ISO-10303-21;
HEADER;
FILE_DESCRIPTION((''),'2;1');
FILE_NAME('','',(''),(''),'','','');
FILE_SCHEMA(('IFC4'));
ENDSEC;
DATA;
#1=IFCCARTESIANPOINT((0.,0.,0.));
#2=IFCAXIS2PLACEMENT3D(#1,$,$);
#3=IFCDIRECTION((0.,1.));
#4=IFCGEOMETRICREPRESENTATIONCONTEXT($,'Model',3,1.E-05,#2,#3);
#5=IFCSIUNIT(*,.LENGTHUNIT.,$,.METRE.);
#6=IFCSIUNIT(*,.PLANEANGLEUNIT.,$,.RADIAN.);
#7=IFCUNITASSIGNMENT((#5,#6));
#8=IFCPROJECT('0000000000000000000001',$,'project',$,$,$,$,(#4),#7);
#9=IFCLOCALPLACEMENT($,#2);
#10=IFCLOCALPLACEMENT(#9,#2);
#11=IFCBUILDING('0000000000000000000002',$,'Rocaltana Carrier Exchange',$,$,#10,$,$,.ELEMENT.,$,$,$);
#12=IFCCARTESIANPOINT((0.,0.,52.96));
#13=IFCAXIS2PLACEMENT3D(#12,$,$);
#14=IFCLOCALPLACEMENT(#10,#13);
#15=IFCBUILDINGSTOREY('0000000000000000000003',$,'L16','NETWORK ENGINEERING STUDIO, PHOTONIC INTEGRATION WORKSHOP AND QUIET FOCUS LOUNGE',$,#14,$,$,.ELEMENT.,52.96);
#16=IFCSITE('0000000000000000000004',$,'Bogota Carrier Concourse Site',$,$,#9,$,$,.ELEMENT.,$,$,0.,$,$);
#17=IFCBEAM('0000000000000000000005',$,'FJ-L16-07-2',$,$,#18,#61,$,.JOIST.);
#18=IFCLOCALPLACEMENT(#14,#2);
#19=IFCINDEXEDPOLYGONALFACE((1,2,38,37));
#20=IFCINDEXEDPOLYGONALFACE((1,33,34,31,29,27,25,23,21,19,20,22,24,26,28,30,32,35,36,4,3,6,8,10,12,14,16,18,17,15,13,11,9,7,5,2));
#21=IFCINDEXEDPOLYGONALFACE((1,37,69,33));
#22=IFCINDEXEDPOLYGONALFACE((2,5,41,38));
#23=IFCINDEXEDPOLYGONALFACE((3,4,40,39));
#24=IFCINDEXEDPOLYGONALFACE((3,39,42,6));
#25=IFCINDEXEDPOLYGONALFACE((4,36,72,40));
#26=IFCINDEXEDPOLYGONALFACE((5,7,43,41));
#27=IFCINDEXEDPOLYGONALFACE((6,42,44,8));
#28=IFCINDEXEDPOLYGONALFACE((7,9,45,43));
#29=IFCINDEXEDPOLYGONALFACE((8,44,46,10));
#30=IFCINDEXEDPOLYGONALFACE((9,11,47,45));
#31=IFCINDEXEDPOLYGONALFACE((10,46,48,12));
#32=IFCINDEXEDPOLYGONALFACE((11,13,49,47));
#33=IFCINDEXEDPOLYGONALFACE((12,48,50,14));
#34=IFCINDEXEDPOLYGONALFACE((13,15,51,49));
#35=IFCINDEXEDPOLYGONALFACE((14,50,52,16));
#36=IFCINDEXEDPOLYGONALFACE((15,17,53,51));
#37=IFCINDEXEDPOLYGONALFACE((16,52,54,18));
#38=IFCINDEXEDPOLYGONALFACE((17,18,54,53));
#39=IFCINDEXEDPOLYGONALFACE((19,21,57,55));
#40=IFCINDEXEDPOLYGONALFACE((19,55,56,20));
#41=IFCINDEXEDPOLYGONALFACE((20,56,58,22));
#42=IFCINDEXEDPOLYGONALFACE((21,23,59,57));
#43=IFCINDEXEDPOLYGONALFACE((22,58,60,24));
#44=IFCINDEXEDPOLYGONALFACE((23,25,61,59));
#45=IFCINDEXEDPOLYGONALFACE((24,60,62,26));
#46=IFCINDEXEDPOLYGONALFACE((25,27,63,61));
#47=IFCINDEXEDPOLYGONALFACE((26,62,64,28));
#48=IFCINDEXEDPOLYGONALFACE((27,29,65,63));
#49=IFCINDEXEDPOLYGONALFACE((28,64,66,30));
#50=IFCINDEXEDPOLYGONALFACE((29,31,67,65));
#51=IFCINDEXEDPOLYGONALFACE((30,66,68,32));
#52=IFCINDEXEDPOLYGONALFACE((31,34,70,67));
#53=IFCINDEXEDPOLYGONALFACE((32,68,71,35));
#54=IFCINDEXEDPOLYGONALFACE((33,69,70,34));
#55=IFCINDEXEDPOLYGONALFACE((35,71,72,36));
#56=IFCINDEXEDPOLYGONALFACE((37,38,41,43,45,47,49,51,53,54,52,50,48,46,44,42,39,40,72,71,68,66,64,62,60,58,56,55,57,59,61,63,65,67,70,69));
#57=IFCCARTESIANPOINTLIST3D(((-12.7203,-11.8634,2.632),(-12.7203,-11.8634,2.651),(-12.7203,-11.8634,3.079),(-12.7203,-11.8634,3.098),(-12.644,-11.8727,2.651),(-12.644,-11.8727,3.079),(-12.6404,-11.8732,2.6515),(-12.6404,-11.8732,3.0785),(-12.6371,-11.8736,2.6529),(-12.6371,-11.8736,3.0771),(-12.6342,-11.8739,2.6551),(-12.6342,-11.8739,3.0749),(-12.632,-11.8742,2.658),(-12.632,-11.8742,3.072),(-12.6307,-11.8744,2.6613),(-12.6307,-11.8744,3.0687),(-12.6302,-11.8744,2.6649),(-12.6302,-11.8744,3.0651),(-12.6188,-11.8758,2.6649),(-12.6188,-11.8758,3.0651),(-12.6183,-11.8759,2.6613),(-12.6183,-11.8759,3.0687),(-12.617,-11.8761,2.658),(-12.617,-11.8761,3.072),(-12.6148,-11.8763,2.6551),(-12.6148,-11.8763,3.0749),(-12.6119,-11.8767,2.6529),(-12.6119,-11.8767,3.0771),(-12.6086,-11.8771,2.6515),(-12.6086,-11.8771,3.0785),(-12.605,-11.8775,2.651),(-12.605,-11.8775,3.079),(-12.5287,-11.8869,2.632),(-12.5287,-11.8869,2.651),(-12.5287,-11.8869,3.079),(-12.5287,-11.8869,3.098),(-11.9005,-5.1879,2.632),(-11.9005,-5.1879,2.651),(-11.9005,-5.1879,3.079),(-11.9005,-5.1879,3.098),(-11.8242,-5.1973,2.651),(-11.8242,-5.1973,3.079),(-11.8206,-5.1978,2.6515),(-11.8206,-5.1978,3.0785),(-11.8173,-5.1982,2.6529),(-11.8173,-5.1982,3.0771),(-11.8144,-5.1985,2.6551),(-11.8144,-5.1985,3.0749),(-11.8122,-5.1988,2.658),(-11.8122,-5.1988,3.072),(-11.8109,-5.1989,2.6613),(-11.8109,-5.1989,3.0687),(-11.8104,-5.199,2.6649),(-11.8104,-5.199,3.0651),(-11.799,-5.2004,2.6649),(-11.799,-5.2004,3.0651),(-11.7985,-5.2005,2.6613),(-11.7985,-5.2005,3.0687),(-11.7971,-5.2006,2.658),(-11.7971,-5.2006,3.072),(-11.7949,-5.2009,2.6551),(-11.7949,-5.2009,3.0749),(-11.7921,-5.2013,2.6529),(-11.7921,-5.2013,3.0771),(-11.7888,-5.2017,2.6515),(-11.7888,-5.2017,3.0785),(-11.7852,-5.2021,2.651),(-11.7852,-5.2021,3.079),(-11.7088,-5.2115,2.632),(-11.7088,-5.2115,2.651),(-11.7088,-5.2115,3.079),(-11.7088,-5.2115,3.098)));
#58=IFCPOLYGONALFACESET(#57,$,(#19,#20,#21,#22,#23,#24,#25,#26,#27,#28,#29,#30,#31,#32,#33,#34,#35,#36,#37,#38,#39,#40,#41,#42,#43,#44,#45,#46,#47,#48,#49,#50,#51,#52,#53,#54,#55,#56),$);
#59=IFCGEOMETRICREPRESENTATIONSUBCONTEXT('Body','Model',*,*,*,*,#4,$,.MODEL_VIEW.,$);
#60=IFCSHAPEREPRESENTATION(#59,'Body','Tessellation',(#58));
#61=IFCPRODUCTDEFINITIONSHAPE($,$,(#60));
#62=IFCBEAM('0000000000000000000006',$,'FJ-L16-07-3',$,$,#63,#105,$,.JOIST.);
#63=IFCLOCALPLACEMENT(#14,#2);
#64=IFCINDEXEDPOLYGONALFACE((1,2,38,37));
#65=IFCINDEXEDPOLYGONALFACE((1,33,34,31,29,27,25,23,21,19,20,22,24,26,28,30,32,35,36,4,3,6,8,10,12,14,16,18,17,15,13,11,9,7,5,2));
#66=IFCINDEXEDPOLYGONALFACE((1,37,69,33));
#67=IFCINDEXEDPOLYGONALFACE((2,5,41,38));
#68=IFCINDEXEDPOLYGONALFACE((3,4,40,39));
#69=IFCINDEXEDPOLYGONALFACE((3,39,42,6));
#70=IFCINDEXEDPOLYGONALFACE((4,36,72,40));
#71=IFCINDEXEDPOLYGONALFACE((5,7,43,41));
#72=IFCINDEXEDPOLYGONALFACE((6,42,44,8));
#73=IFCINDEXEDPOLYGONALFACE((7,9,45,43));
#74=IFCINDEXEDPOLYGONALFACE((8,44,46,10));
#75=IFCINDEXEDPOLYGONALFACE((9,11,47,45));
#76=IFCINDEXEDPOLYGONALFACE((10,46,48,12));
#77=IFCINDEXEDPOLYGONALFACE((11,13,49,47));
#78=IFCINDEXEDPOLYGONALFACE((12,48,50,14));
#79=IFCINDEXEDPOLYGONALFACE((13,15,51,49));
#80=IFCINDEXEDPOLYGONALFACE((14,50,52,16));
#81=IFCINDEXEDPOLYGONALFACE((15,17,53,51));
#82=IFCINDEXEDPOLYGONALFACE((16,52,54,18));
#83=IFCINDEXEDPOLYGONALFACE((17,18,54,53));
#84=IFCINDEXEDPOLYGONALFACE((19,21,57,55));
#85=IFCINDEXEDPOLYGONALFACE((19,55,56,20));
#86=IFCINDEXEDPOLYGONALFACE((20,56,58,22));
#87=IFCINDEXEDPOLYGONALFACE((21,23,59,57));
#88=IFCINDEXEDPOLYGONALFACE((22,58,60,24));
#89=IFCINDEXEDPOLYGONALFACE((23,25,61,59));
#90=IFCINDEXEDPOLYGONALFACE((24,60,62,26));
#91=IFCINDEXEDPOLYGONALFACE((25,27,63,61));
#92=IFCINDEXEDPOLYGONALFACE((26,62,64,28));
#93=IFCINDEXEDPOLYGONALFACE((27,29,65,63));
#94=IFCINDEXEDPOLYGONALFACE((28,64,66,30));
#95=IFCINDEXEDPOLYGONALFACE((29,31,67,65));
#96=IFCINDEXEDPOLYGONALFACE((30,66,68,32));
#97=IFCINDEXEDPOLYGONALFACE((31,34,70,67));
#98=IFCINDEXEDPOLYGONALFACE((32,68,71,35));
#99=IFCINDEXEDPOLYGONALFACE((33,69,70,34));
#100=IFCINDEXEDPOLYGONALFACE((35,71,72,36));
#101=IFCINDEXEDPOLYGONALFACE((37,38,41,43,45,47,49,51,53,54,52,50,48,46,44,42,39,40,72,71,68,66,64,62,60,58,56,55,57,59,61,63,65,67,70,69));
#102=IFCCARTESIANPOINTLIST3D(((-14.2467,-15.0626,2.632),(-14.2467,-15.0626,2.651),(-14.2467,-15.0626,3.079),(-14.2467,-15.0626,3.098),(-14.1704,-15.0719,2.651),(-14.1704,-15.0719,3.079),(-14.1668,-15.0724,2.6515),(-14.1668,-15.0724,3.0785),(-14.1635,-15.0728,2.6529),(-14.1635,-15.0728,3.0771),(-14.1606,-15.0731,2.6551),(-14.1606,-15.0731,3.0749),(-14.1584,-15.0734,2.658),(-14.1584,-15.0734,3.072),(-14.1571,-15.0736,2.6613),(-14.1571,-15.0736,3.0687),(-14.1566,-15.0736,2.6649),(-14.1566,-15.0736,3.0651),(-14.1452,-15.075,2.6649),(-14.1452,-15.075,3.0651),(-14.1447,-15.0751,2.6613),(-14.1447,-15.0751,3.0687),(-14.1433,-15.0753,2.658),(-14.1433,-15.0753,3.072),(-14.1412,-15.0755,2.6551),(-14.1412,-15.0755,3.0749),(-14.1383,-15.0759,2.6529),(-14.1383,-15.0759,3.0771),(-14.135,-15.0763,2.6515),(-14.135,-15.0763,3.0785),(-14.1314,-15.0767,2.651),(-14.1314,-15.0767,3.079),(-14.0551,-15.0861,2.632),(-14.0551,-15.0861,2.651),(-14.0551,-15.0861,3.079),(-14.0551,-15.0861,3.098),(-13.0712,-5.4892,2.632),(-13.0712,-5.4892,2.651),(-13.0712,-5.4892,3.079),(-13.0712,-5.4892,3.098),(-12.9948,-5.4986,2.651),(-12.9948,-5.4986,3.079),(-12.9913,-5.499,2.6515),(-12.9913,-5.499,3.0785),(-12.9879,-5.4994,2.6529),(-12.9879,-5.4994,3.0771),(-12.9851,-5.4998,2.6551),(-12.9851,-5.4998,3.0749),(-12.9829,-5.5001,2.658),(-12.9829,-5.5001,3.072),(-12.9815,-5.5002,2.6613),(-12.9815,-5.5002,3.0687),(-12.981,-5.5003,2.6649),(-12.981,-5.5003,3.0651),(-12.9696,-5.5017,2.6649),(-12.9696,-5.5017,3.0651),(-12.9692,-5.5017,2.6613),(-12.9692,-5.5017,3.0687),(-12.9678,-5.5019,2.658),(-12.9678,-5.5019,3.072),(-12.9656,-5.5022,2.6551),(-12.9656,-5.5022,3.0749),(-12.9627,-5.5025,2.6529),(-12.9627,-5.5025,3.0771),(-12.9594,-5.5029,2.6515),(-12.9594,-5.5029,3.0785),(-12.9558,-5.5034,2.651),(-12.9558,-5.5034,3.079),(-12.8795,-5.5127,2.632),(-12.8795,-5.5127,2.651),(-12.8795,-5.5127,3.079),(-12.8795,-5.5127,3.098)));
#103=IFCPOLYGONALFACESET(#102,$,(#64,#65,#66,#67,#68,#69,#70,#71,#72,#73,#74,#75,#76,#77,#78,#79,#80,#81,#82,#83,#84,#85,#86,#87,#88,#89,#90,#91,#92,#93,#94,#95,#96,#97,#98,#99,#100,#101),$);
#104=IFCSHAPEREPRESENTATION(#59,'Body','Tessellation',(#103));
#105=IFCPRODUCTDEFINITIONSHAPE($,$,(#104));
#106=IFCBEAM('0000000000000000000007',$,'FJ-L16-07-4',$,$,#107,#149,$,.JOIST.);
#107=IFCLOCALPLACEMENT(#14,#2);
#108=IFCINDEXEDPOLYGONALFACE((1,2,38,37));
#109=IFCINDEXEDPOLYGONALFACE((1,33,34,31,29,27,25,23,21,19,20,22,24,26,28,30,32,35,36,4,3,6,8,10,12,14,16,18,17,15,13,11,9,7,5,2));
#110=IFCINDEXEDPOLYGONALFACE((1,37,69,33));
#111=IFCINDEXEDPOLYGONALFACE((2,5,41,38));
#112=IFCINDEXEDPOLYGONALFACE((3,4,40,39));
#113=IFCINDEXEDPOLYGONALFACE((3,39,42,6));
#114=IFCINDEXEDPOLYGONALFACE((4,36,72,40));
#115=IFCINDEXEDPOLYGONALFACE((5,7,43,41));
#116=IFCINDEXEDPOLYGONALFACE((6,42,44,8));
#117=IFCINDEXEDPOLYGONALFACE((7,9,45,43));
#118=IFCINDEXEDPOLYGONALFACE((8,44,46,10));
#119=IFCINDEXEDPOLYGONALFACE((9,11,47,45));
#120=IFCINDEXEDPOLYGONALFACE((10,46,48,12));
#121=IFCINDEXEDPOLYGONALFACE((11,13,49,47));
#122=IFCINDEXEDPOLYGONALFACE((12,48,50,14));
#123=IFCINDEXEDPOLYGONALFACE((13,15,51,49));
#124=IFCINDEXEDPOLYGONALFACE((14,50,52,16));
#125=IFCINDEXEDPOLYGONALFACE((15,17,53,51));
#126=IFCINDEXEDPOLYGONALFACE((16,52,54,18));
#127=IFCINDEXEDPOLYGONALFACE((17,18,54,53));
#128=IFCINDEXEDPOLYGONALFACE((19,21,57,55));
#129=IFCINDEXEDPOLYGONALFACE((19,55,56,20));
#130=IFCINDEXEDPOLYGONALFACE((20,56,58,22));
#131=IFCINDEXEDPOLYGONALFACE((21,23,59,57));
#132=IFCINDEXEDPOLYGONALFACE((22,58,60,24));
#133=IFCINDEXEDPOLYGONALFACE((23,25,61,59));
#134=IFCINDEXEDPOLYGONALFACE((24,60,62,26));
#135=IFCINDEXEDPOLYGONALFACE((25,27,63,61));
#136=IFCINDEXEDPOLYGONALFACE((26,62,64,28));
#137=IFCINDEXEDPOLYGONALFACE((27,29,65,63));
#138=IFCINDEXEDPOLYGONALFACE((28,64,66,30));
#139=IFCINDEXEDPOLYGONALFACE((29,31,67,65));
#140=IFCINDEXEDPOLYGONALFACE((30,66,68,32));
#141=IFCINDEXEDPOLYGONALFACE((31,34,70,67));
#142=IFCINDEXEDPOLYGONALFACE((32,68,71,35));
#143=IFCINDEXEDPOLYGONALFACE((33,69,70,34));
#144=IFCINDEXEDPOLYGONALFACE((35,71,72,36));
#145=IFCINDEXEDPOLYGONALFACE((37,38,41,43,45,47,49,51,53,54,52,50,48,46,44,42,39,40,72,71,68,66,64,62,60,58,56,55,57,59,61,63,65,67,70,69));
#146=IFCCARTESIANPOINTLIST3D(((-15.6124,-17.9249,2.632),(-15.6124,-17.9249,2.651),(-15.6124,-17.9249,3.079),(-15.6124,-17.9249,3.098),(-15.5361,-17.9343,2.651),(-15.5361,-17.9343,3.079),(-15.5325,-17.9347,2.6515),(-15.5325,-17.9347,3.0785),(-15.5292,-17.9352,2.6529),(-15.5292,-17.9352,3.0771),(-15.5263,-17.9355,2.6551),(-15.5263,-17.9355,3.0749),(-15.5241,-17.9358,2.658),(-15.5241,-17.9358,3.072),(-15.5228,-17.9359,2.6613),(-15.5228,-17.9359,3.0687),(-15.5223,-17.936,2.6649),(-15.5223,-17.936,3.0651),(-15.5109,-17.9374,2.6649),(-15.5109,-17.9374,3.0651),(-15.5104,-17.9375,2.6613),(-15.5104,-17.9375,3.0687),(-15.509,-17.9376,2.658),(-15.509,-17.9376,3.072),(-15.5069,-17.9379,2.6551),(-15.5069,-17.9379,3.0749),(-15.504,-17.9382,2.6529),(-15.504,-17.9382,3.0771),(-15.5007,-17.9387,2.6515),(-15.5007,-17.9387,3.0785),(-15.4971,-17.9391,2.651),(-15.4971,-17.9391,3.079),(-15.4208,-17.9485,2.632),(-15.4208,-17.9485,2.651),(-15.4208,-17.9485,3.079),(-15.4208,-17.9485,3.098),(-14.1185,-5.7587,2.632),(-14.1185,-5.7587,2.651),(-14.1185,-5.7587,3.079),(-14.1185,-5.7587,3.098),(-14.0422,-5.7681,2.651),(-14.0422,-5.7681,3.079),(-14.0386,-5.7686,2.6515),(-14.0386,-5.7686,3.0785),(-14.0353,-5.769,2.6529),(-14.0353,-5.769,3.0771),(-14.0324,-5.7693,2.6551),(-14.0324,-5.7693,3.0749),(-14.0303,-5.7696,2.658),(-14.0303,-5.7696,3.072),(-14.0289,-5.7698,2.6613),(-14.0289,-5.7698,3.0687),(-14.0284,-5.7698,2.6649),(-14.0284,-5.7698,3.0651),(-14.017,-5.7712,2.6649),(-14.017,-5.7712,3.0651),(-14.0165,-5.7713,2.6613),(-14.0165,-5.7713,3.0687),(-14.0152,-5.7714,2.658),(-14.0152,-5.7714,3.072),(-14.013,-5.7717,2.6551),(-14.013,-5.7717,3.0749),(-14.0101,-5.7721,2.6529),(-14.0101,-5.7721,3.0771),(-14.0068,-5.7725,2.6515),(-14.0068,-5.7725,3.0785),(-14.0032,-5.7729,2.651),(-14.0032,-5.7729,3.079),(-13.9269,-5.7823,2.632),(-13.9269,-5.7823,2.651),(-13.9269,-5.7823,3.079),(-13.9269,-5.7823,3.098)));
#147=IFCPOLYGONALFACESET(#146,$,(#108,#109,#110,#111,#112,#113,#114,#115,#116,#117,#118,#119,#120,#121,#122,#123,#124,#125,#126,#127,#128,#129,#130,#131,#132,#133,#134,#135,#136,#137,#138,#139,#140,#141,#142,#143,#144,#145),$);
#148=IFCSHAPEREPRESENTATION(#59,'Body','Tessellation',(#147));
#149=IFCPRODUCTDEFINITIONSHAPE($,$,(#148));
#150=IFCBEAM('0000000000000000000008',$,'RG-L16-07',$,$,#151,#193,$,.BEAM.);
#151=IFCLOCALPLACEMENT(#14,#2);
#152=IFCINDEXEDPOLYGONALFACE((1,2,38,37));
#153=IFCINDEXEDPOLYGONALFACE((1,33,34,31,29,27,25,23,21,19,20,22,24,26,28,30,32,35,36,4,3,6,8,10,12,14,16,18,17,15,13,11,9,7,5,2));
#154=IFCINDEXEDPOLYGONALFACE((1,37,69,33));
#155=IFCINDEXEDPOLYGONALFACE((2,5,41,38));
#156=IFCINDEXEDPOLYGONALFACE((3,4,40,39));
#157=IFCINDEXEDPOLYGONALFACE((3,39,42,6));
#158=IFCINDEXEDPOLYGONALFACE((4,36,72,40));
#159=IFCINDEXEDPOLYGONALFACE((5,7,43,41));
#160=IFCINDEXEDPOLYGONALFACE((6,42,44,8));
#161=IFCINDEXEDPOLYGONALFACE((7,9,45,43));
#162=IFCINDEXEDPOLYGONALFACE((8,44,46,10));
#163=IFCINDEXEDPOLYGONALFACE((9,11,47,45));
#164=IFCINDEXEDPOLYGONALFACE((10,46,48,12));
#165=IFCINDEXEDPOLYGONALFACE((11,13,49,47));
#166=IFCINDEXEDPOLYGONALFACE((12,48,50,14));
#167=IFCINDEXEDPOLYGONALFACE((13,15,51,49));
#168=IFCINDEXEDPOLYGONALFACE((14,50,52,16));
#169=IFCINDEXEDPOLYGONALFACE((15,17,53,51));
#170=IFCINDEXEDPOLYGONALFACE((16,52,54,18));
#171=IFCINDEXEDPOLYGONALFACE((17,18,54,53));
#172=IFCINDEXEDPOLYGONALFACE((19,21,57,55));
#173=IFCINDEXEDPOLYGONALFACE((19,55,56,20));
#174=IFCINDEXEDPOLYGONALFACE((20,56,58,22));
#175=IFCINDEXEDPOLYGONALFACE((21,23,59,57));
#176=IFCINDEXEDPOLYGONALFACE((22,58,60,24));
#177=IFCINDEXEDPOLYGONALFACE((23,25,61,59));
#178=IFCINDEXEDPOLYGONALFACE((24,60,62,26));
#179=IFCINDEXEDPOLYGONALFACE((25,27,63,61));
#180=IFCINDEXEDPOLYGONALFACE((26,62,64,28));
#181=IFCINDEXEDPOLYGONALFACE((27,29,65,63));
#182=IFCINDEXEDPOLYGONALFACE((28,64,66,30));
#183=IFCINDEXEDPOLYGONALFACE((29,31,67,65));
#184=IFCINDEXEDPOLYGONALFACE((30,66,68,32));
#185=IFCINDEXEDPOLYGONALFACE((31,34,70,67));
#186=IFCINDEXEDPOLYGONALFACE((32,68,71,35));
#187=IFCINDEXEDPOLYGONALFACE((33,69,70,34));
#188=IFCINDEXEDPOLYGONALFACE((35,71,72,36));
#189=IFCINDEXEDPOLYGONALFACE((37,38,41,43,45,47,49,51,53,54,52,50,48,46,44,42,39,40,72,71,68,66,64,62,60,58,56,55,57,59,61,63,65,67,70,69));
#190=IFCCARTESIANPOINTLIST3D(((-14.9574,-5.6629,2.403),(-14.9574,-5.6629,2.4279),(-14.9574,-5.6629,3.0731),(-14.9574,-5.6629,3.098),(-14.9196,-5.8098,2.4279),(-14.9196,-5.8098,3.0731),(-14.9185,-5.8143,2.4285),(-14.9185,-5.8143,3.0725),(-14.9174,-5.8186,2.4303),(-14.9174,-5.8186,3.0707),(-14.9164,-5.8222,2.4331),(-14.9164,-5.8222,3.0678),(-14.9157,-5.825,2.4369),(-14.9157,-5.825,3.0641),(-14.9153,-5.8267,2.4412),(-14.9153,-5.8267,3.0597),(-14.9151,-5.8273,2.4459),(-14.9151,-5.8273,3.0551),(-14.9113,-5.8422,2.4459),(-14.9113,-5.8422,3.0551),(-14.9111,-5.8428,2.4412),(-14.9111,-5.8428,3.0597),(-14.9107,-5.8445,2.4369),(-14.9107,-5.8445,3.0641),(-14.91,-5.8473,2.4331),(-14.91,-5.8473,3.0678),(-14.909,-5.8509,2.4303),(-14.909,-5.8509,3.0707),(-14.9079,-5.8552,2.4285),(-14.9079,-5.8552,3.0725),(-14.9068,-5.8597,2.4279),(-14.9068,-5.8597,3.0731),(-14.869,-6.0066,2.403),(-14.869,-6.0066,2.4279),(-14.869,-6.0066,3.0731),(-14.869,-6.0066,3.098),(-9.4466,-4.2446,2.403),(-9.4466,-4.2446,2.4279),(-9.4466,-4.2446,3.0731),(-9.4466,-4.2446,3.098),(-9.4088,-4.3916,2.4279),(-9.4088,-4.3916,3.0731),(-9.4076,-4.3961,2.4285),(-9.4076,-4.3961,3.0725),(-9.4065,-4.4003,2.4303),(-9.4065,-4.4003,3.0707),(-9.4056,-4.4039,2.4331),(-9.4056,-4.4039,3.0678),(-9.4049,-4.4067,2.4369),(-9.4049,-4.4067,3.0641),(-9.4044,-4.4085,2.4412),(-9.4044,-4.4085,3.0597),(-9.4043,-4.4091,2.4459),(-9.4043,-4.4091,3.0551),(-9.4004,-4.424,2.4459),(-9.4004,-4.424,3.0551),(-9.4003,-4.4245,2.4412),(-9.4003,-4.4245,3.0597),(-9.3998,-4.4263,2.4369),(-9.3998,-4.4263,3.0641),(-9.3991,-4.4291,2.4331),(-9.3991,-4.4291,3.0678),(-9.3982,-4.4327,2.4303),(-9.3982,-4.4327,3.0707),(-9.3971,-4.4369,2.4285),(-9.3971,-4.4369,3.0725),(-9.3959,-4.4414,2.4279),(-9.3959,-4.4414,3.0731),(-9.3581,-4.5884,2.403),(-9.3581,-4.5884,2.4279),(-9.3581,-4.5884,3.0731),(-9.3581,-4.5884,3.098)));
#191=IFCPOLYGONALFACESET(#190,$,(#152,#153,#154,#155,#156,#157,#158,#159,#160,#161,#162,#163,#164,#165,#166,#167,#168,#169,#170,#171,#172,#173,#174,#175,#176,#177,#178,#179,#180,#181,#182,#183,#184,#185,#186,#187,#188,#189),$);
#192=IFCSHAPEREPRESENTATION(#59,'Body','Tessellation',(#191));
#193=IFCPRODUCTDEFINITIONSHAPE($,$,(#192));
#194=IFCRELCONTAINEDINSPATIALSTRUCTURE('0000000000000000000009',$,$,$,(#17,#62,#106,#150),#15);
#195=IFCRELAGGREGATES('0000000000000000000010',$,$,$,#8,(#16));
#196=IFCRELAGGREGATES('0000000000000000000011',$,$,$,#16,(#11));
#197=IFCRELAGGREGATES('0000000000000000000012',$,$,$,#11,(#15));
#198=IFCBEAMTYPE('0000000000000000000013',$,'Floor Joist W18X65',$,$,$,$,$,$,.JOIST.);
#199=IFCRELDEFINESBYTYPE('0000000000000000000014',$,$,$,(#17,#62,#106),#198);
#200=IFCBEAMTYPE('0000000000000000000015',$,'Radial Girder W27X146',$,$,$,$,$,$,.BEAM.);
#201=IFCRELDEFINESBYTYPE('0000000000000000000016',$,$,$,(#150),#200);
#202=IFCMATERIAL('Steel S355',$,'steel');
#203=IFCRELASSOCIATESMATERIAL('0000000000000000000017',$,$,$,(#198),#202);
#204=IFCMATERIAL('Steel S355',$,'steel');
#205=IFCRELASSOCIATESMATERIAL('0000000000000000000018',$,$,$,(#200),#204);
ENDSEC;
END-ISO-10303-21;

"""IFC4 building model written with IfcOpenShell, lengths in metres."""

from ifc_helpers import new_model, si_unit, direction, frame, origin, origin_2d, place, context, subcontext, project, spatial, i_section, extrude, material, material_profile, profile_set, type_object, element, save


model = new_model("IFC4")

# Units and contexts
model_context = context("Model", 3, precision=1e-05, world=origin(), true_north=direction((0.0, 1.0)))
body_context = subcontext(model_context, "Body", "Model", "MODEL_VIEW")
ifc_project = project(units=[si_unit("LENGTHUNIT", "METRE"), si_unit("PLANEANGLEUNIT", "RADIAN")], contexts=[model_context])

# Site, building, storey
site_placement = place(None, origin())
site = spatial("IfcSite", under=ifc_project, at=site_placement, Name="Bogota Carrier Concourse Site", CompositionType="ELEMENT", RefElevation=0.0)
building_placement = place(site_placement, origin())
building = spatial("IfcBuilding", under=site, at=building_placement, Name="Rocaltana Carrier Exchange", CompositionType="ELEMENT")
storey_placement = place(building_placement, frame((0.0, 0.0, 52.96)))
storey = spatial("IfcBuildingStorey", under=building, at=storey_placement, Name="L16", Description="NETWORK ENGINEERING STUDIO, PHOTONIC INTEGRATION WORKSHOP AND QUIET FOCUS LOUNGE", CompositionType="ELEMENT", Elevation=52.96)

# Beams
ifc_material_1 = material(Name="Steel S355", Category="steel")
ifc_material_profile_1 = material_profile(ifc_material_1, i_section(OverallWidth=0.1931, OverallDepth=0.4661, WebThickness=0.0115, FlangeThickness=0.019, FilletRadius=0.0139, at=origin_2d()), Name="W18X65")
ifc_profile_set_1 = profile_set([ifc_material_profile_1], Name="Steel S355")
beam_type_1 = type_object("IfcBeamType", Name="Floor Joist W18X65", PredefinedType="JOIST", material=ifc_profile_set_1)
beam_1_placement = place(storey_placement, frame((-11.8047, -5.1997, 2.865), z_axis=(-0.121894, -0.992543, 0.0), x_axis=(0.992543, -0.121894, 0.0)))
element("IfcBeam", 1, at=beam_1_placement, inside=storey, type_object=beam_type_1, Name="FJ-L16-07-2", PredefinedType="JOIST", context=body_context, shape_type="SweptSolid", body=[
    extrude(i_section(OverallWidth=0.1931, OverallDepth=0.4661, WebThickness=0.0115, FlangeThickness=0.019, FilletRadius=0.0139, at=origin_2d()), origin(), (0.0, 0.0, 1.0), 6.7256),
])
beam_2_placement = place(storey_placement, frame((-12.9753, -5.501, 2.865), z_axis=(-0.121879, -0.992545, 0.0), x_axis=(0.992545, -0.121879, 0.0)))
element("IfcBeam", 2, at=beam_2_placement, inside=storey, type_object=beam_type_1, Name="FJ-L16-07-3", PredefinedType="JOIST", context=body_context, shape_type="SweptSolid", body=[
    extrude(i_section(OverallWidth=0.1931, OverallDepth=0.4661, WebThickness=0.0115, FlangeThickness=0.019, FilletRadius=0.0139, at=origin_2d()), origin(), (0.0, 0.0, 1.0), 9.6453),
])
beam_3_placement = place(storey_placement, frame((-14.0227, -5.7705, 2.865), z_axis=(-0.121875, -0.992545, 0.0), x_axis=(0.992545, -0.121875, 0.0)))
element("IfcBeam", 3, at=beam_3_placement, inside=storey, type_object=beam_type_1, Name="FJ-L16-07-4", PredefinedType="JOIST", context=body_context, shape_type="SweptSolid", body=[
    extrude(i_section(OverallWidth=0.1931, OverallDepth=0.4661, WebThickness=0.0115, FlangeThickness=0.019, FilletRadius=0.0139, at=origin_2d()), origin(), (0.0, 0.0, 1.0), 12.2576),
])
ifc_material_2 = material(Name="Steel S355", Category="steel")
ifc_material_profile_2 = material_profile(ifc_material_2, i_section(OverallWidth=0.355, OverallDepth=0.6951, WebThickness=0.0154, FlangeThickness=0.0249, FilletRadius=0.0181, at=origin_2d()), Name="W27X146")
ifc_profile_set_2 = profile_set([ifc_material_profile_2], Name="Steel S355")
beam_type_2 = type_object("IfcBeamType", Name="Radial Girder W27X146", PredefinedType="BEAM", material=ifc_profile_set_2)
beam_4_placement = place(storey_placement, frame((-9.4023, -4.4165, 2.7505), z_axis=(-0.968444, -0.249233, 0.0), x_axis=(0.249233, -0.968444, 0.0)))
element("IfcBeam", 4, at=beam_4_placement, inside=storey, type_object=beam_type_2, Name="RG-L16-07", PredefinedType="BEAM", context=body_context, shape_type="SweptSolid", body=[
    extrude(i_section(OverallWidth=0.355, OverallDepth=0.6951, WebThickness=0.0154, FlangeThickness=0.0249, FilletRadius=0.0181, at=origin_2d()), origin(), (0.0, 0.0, 1.0), 5.6904),
])

save(model, "model.ifc")
